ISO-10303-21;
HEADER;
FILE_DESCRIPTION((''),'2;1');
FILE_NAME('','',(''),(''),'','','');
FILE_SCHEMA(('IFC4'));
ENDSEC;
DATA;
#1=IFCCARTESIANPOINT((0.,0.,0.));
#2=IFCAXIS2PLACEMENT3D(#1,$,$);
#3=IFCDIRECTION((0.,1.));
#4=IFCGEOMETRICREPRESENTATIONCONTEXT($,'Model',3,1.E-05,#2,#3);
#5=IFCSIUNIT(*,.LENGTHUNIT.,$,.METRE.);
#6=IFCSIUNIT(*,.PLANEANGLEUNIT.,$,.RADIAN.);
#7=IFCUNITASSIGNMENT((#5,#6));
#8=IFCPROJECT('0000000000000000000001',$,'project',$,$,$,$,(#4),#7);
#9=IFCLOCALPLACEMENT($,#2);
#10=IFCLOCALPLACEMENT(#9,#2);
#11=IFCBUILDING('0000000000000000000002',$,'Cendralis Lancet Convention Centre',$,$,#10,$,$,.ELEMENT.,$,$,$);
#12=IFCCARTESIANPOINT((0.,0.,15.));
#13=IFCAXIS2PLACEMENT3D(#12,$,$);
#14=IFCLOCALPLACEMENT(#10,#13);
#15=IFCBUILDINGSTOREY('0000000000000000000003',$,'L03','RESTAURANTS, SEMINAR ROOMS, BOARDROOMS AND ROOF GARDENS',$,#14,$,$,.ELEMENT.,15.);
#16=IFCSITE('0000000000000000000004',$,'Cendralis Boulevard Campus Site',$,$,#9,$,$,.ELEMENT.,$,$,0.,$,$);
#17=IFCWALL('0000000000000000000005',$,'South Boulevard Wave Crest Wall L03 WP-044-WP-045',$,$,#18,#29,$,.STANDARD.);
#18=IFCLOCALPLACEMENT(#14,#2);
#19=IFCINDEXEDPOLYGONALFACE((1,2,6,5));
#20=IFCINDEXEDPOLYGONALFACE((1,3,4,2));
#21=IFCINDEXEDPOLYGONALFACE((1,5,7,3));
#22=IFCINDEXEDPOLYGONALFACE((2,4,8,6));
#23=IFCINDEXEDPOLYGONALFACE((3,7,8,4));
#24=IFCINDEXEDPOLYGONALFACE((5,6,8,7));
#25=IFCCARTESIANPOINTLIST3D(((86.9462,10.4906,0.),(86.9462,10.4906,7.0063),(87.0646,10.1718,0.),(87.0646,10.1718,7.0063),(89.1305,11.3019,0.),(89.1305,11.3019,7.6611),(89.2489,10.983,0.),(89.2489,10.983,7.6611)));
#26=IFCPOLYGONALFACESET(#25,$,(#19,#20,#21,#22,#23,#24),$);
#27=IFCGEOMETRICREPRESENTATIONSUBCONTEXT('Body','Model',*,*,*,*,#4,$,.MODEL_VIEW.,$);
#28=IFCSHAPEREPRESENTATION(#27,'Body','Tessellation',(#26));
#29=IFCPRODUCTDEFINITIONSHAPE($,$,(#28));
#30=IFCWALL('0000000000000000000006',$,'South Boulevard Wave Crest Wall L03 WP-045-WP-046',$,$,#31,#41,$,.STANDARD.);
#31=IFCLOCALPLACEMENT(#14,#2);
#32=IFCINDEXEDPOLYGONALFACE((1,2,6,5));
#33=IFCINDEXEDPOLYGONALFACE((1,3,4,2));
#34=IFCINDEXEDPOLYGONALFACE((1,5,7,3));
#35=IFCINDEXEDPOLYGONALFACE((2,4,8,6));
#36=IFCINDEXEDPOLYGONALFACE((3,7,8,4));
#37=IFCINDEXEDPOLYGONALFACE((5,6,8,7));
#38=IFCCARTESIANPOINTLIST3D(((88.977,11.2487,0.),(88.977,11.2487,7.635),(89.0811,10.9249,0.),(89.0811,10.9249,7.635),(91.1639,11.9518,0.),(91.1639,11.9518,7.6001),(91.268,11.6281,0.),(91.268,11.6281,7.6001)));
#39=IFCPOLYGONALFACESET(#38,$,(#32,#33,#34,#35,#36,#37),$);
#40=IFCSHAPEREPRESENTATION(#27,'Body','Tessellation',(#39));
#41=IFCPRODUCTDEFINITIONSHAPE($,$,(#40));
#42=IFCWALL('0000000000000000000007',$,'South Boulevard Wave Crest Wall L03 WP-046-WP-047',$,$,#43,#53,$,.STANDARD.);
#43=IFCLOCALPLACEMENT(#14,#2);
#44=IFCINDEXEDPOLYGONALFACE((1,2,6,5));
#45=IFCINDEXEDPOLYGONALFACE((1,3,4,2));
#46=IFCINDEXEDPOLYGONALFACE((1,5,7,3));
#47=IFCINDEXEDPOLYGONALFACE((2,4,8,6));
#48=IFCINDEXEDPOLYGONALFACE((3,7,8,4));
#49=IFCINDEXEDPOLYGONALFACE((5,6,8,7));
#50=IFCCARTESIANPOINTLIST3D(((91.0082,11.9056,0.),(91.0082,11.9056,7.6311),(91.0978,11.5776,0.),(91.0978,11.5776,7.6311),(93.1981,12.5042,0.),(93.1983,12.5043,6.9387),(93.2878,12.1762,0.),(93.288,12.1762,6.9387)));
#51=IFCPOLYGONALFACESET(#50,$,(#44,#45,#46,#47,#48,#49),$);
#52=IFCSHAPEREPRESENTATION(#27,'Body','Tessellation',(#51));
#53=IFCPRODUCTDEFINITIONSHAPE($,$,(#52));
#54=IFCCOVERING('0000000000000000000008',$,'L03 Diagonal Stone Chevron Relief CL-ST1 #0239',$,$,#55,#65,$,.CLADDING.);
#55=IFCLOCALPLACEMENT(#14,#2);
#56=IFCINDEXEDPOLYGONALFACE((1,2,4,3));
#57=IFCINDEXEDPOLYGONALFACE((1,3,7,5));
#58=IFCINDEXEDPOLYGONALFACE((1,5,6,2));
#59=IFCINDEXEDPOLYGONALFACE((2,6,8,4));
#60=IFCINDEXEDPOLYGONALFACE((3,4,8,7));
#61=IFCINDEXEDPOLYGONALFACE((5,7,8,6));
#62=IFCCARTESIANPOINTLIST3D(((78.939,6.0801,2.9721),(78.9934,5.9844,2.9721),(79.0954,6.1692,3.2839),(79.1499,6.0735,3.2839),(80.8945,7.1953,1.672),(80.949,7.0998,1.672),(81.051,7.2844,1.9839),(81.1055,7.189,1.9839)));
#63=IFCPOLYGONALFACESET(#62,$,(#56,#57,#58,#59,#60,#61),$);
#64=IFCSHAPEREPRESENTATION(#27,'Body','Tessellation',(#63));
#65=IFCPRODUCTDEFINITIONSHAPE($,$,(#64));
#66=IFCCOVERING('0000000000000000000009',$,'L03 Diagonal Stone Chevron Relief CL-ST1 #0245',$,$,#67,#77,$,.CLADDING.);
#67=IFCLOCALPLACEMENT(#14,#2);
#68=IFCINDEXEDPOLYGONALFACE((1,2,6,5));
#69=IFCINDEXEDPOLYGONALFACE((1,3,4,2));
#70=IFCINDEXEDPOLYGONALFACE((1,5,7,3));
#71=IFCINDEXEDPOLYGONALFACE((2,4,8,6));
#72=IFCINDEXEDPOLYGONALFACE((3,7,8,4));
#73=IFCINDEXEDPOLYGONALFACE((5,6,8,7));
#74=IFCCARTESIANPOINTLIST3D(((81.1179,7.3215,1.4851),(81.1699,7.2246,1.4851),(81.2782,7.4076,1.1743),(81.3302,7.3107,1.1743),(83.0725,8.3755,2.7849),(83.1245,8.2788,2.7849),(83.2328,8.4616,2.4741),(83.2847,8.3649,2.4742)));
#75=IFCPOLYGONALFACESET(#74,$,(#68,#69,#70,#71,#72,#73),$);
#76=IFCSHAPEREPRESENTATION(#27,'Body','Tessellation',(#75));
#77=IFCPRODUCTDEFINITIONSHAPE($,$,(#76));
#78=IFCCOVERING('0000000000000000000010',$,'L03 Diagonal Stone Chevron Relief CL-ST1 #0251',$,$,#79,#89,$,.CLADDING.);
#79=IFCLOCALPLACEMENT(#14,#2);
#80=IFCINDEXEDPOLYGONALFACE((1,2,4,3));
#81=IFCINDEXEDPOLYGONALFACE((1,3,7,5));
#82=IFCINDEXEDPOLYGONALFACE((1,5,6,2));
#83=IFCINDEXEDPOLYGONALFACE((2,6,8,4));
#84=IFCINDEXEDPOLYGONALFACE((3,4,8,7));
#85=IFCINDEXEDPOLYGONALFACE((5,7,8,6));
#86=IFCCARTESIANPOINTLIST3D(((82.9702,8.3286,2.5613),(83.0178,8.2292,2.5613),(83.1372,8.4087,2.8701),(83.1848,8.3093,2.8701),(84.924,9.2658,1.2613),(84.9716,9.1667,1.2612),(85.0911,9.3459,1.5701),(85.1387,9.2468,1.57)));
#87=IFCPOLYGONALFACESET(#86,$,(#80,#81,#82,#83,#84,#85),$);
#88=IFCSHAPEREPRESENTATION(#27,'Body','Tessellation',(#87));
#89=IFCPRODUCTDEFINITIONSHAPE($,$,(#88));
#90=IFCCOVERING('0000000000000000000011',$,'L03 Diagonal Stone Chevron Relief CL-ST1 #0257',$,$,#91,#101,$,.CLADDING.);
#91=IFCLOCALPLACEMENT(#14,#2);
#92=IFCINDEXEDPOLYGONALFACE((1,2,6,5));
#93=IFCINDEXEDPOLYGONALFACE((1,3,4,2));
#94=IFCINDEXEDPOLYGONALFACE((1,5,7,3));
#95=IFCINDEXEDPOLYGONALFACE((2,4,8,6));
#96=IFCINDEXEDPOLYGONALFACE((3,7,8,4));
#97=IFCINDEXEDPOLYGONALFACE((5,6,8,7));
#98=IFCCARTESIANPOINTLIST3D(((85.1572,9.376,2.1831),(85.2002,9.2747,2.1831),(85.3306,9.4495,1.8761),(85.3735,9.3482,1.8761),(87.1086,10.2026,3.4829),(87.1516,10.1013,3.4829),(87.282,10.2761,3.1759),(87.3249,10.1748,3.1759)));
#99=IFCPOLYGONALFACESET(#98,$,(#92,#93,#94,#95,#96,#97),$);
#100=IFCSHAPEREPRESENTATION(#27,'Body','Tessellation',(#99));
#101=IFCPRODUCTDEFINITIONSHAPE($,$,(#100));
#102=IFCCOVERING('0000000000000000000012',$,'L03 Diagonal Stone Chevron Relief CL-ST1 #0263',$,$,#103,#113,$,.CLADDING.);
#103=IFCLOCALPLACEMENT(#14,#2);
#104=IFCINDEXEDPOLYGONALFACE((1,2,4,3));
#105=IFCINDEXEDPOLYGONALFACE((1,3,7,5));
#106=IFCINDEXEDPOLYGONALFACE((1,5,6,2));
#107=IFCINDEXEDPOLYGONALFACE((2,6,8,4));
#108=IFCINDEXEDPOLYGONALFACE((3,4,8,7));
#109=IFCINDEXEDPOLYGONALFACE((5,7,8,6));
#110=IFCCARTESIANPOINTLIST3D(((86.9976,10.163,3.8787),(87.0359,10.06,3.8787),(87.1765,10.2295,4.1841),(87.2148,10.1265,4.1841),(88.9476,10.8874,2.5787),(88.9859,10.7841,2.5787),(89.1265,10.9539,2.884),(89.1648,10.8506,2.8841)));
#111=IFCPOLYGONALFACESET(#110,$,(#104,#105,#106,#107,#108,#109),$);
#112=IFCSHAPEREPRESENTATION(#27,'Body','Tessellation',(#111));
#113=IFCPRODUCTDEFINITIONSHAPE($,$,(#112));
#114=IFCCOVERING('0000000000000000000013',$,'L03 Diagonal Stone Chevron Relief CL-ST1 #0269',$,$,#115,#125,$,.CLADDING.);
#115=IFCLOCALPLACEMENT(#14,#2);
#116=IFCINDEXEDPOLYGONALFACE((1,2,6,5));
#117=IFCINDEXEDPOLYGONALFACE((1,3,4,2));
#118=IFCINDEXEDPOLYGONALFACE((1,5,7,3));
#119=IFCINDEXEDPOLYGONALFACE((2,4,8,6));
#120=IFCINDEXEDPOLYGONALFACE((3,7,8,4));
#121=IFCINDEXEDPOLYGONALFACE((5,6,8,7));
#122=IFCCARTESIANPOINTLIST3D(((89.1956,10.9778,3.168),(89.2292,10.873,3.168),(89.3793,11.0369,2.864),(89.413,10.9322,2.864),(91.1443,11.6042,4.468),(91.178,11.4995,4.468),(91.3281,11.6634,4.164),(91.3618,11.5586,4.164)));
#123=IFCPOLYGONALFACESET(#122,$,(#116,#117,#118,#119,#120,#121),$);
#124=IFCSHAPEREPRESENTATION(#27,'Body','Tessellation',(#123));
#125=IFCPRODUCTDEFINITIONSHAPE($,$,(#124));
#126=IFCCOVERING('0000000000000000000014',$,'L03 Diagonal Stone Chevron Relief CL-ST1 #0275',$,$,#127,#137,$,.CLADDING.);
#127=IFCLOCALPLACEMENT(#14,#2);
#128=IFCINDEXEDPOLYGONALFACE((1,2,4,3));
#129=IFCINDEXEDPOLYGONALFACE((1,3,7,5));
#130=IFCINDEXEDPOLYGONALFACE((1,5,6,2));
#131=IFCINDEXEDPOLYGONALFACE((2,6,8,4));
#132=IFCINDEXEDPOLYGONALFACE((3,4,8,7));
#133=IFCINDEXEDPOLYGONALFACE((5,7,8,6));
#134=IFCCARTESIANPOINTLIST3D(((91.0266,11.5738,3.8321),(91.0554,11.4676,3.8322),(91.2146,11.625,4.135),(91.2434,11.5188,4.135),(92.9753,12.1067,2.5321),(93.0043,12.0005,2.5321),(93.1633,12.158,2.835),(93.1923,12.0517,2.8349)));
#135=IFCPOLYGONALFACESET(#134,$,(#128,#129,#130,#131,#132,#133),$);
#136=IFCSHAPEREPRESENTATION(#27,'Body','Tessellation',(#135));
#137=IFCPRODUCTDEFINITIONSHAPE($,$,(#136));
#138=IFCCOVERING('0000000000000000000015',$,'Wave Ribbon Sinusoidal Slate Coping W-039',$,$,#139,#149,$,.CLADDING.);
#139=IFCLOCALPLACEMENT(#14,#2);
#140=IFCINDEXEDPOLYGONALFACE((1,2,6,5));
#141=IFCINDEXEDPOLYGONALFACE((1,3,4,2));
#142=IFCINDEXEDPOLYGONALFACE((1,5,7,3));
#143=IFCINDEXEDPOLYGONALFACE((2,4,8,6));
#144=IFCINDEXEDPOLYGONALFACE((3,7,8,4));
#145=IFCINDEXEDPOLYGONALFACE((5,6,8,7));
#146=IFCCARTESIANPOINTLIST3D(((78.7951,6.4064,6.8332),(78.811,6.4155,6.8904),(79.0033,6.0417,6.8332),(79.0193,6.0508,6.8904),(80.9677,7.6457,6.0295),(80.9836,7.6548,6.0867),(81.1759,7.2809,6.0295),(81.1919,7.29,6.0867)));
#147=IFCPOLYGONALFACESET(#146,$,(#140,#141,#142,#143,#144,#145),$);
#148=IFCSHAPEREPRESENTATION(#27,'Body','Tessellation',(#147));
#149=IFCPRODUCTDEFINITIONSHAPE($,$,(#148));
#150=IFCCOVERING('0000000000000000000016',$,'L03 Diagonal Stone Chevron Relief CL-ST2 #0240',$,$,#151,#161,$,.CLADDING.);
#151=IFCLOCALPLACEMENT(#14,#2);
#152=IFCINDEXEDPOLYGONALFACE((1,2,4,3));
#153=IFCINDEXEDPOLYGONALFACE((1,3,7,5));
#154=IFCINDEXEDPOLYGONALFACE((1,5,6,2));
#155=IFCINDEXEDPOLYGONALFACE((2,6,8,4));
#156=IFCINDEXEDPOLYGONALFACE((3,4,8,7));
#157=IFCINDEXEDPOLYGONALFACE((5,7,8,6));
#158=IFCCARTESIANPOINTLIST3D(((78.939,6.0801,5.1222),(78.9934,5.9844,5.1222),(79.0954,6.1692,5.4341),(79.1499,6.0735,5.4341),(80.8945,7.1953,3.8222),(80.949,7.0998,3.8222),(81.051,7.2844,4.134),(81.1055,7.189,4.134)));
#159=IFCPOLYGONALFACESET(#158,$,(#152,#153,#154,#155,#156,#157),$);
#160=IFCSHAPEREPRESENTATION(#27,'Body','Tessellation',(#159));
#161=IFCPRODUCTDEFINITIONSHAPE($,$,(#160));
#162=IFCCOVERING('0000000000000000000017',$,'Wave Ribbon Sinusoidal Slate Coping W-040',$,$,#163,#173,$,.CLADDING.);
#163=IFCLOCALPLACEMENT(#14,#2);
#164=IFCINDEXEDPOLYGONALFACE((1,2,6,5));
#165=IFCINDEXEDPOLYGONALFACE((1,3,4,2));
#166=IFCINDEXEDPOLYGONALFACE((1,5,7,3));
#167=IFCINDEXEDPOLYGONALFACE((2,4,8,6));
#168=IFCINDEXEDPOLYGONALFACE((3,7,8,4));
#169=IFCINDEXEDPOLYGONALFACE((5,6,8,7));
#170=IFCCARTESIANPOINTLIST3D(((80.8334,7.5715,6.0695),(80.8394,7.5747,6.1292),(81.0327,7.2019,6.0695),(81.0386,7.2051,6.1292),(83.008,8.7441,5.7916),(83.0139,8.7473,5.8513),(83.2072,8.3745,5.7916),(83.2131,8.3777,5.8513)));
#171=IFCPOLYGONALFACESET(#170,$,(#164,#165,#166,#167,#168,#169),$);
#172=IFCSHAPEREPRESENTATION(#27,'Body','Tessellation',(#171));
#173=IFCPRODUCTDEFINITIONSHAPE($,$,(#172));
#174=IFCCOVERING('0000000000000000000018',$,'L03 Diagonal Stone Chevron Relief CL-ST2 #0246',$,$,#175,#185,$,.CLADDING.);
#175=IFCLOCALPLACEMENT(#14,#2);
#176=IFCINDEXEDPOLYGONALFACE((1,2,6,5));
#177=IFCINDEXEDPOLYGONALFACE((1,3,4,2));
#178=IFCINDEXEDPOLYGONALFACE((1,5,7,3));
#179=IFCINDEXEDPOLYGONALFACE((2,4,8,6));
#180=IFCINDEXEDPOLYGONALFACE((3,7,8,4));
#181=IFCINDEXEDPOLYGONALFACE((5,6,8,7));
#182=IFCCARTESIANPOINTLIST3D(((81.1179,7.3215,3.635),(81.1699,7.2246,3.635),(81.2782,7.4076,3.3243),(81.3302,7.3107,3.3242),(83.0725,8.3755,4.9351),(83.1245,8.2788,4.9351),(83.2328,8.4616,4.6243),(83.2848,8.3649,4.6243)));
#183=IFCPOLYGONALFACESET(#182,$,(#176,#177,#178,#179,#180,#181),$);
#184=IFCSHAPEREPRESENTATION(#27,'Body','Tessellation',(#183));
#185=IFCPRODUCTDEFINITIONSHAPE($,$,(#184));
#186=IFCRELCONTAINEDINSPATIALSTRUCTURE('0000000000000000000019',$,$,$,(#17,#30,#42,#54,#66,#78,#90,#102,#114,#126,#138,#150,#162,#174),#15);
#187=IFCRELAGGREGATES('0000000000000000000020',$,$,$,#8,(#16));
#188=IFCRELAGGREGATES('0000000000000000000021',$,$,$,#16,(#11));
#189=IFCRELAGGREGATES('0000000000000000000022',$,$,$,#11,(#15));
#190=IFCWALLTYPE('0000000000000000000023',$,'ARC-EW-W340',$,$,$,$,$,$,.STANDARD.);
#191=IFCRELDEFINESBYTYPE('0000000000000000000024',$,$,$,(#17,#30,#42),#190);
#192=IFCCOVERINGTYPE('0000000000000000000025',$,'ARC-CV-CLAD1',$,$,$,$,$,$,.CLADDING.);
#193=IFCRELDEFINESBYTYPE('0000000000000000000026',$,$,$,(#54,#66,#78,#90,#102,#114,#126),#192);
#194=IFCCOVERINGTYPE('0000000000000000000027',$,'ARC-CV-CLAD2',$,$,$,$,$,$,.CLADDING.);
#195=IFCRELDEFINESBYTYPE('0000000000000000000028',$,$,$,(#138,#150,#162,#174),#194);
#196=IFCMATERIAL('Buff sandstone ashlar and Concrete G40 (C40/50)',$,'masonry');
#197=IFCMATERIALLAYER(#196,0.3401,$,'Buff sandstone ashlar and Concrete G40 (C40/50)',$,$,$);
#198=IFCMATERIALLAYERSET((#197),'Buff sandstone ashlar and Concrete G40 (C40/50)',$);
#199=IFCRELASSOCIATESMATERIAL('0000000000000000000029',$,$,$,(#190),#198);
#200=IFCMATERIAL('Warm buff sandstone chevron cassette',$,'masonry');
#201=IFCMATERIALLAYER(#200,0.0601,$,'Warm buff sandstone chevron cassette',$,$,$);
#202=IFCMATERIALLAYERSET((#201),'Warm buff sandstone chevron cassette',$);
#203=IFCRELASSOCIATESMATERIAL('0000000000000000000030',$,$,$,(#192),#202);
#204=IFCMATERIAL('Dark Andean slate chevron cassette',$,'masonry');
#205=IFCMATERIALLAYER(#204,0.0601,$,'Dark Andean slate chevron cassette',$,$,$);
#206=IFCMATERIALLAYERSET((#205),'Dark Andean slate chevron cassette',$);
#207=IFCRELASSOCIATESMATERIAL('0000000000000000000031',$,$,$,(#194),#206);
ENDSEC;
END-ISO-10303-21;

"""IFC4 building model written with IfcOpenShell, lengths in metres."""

from ifc_helpers import new_model, si_unit, direction, frame, origin, place, context, subcontext, project, spatial, polyline, outline, extrude, material, layer, layer_set, type_object, element, save


model = new_model("IFC4")

# Units and contexts
model_context = context("Model", 3, precision=1e-05, world=origin(), true_north=direction((0.0, 1.0)))
body_context = subcontext(model_context, "Body", "Model", "MODEL_VIEW")
ifc_project = project(units=[si_unit("LENGTHUNIT", "METRE"), si_unit("PLANEANGLEUNIT", "RADIAN")], contexts=[model_context])

# Site, building, storey
site_placement = place(None, origin())
site = spatial("IfcSite", under=ifc_project, at=site_placement, Name="Cendralis Boulevard Campus Site", CompositionType="ELEMENT", RefElevation=0.0)
building_placement = place(site_placement, origin())
building = spatial("IfcBuilding", under=site, at=building_placement, Name="Cendralis Lancet Convention Centre", CompositionType="ELEMENT")
storey_placement = place(building_placement, frame((0.0, 0.0, 15.0)))
storey = spatial("IfcBuildingStorey", under=building, at=storey_placement, Name="L03", Description="RESTAURANTS, SEMINAR ROOMS, BOARDROOMS AND ROOF GARDENS", CompositionType="ELEMENT", Elevation=15.0)

# Shared definitions
ifc_material_1 = material(Name="Warm buff sandstone chevron cassette", Category="masonry")
ifc_material_2 = material(Name="Dark Andean slate chevron cassette", Category="masonry")

# Walls
ifc_material_3 = material(Name="Buff sandstone ashlar and Concrete G40 (C40/50)", Category="masonry")
ifc_layer_1 = layer(ifc_material_3, 0.3401, Name="Buff sandstone ashlar and Concrete G40 (C40/50)")
ifc_layer_set_1 = layer_set([ifc_layer_1], Name="Buff sandstone ashlar and Concrete G40 (C40/50)")
wall_type = type_object("IfcWallType", Name="ARC-EW-W340", PredefinedType="STANDARD", material=ifc_layer_set_1)
wall_1_placement = place(storey_placement, frame((87.0054, 10.3313, 0.0), z_axis=(0.0, 0.0, 1.0), x_axis=(0.937431, 0.348171, 0.0)))
element("IfcWall", 1, at=wall_1_placement, inside=storey, type_object=wall_type, Name="South Boulevard Wave Crest Wall L03 WP-044-WP-045", PredefinedType="STANDARD", context=body_context, shape_type="SweptSolid", body=[
    extrude(outline(polyline([(0.0, 0.0), (2.3301, 0.0), (2.3301, 7.6611), (0.0, 7.0063), (0.0, 0.0)])), frame((0.0, 0.1699, 0.0), z_axis=(0.0, -1.0, 0.0), x_axis=(1.0, 0.0, 0.0)), (0.0, 0.0, 1.0), 0.3401),
])
wall_2_placement = place(storey_placement, frame((89.0291, 11.0869, 0.0), z_axis=(0.0, 0.0, 1.0), x_axis=(0.951999, 0.306102, 0.0)))
element("IfcWall", 2, at=wall_2_placement, inside=storey, type_object=wall_type, Name="South Boulevard Wave Crest Wall L03 WP-045-WP-046", PredefinedType="STANDARD", context=body_context, shape_type="SweptSolid", body=[
    extrude(outline(polyline([(0.0, 0.0), (2.2971, 0.0), (2.2971, 7.6001), (0.0, 7.635), (0.0, 0.0)])), frame((0.0, 0.1699, 0.0), z_axis=(0.0, -1.0, 0.0), x_axis=(1.0, 0.0, 0.0)), (0.0, 0.0, 1.0), 0.3401),
])
wall_3_placement = place(storey_placement, frame((91.053, 11.7417, 0.0), z_axis=(0.0, 0.0, 1.0), x_axis=(0.96461, 0.263682, 0.0)))
element("IfcWall", 3, at=wall_3_placement, inside=storey, type_object=wall_type, Name="South Boulevard Wave Crest Wall L03 WP-046-WP-047", PredefinedType="STANDARD", context=body_context, shape_type="SweptSolid", body=[
    extrude(outline(polyline([(0.0, 0.0), (2.2703, 0.0), (2.2705, 6.9387), (0.0, 7.6311), (0.0, 0.0)])), frame((0.0, 0.1699, 0.0), z_axis=(0.0, -1.0, 0.0), x_axis=(1.0, 0.0, 0.0)), (0.0, 0.0, 1.0), 0.3401),
])

# Coverings
ifc_layer_2 = layer(ifc_material_1, 0.0601, Name="Warm buff sandstone chevron cassette")
ifc_layer_set_2 = layer_set([ifc_layer_2], Name="Warm buff sandstone chevron cassette")
covering_type_1 = type_object("IfcCoveringType", Name="ARC-CV-CLAD1", PredefinedType="CLADDING", material=ifc_layer_set_2)
covering_1_placement = place(storey_placement, frame((79.1499, 6.0735, 3.2839), z_axis=(0.434531, 0.247511, 0.86598), x_axis=(0.75221, 0.42907, -0.500078)))
element("IfcCovering", 4, at=covering_1_placement, inside=storey, type_object=covering_type_1, Name="L03 Diagonal Stone Chevron Relief CL-ST1 #0239", PredefinedType="CLADDING", context=body_context, shape_type="SweptSolid", body=[
    extrude(outline(polyline([(0.0, 0.0), (2.5997, 0.0), (2.5997, 0.1099), (0.0001, 0.1101), (0.0, 0.0)])), origin(), (0.0, 0.0, -1.0), 0.3601),
])
covering_2_placement = place(storey_placement, frame((81.1699, 7.2246, 1.4851), z_axis=(-0.445001, -0.239055, 0.863034), x_axis=(0.759596, 0.409685, 0.505146)))
element("IfcCovering", 5, at=covering_2_placement, inside=storey, type_object=covering_type_1, Name="L03 Diagonal Stone Chevron Relief CL-ST1 #0245", PredefinedType="CLADDING", context=body_context, shape_type="SweptSolid", body=[
    extrude(outline(polyline([(0.0, 0.0), (2.5732, 0.0), (2.5733, 0.1098), (0.0002, 0.11), (0.0, 0.0)])), origin(), (0.0, 0.0, -1.0), 0.3601),
])
covering_3_placement = place(storey_placement, frame((83.1848, 8.3093, 2.8701), z_axis=(0.463831, 0.222502, 0.857528), x_axis=(0.773135, 0.370966, -0.514438)))
element("IfcCovering", 6, at=covering_3_placement, inside=storey, type_object=covering_type_1, Name="L03 Diagonal Stone Chevron Relief CL-ST1 #0251", PredefinedType="CLADDING", context=body_context, shape_type="SweptSolid", body=[
    extrude(outline(polyline([(0.0, 0.0), (2.5272, 0.0), (2.5271, 0.11), (0.0001, 0.1102), (0.0, 0.0)])), origin(), (0.0, 0.0, -1.0), 0.3601),
])
covering_4_placement = place(storey_placement, frame((85.2002, 9.2747, 2.1831), z_axis=(-0.481325, -0.204128, 0.852443), x_axis=(0.784919, 0.332508, 0.522821)))
element("IfcCovering", 7, at=covering_4_placement, inside=storey, type_object=covering_type_1, Name="L03 Diagonal Stone Chevron Relief CL-ST1 #0257", PredefinedType="CLADDING", context=body_context, shape_type="SweptSolid", body=[
    extrude(outline(polyline([(0.0, 0.0), (2.4861, 0.0), (2.4861, 0.1101), (0.0, 0.1101), (0.0, 0.0)])), origin(), (0.0, 0.0, -1.0), 0.3601),
])
covering_5_placement = place(storey_placement, frame((87.2148, 10.1265, 4.1841), z_axis=(0.496802, 0.184611, 0.848001), x_axis=(0.794957, 0.29521, -0.529994)))
element("IfcCovering", 8, at=covering_5_placement, inside=storey, type_object=covering_type_1, Name="L03 Diagonal Stone Chevron Relief CL-ST1 #0263", PredefinedType="CLADDING", context=body_context, shape_type="SweptSolid", body=[
    extrude(outline(polyline([(0.0, 0.0), (2.4529, 0.0), (2.4529, 0.1102), (-0.0001, 0.1099), (0.0, 0.0)])), origin(), (0.0, 0.0, -1.0), 0.3601),
])
covering_6_placement = place(storey_placement, frame((89.2292, 10.873, 3.168), z_axis=(-0.510369, -0.164175, 0.844139), x_axis=(0.803634, 0.258347, 0.536125)))
element("IfcCovering", 9, at=covering_6_placement, inside=storey, type_object=covering_type_1, Name="L03 Diagonal Stone Chevron Relief CL-ST1 #0269", PredefinedType="CLADDING", context=body_context, shape_type="SweptSolid", body=[
    extrude(outline(polyline([(0.0, 0.0), (2.4249, 0.0), (2.4249, 0.11), (0.0, 0.11), (0.0, 0.0)])), origin(), (0.0, 0.0, -1.0), 0.3601),
])
covering_7_placement = place(storey_placement, frame((91.2434, 11.5188, 4.135), z_axis=(0.522089, 0.142224, 0.840949), x_axis=(0.811167, 0.221819, -0.541114)))
element("IfcCovering", 10, at=covering_7_placement, inside=storey, type_object=covering_type_1, Name="L03 Diagonal Stone Chevron Relief CL-ST1 #0275", PredefinedType="CLADDING", context=body_context, shape_type="SweptSolid", body=[
    extrude(outline(polyline([(0.0, 0.0), (2.4026, 0.0), (2.4026, 0.1101), (0.0002, 0.11), (0.0, 0.0)])), origin(), (0.0, 0.0, -1.0), 0.3601),
])
ifc_layer_3 = layer(ifc_material_2, 0.0601, Name="Dark Andean slate chevron cassette")
ifc_layer_set_3 = layer_set([ifc_layer_3], Name="Dark Andean slate chevron cassette")
covering_type_2 = type_object("IfcCoveringType", Name="ARC-CV-CLAD2", PredefinedType="CLADDING", material=ifc_layer_set_3)
covering_8_placement = place(storey_placement, frame((79.0193, 6.0508, 6.8904), z_axis=(0.265672, 0.151685, 0.952056), x_axis=(0.826982, 0.471711, -0.305925)))
element("IfcCovering", 11, at=covering_8_placement, inside=storey, type_object=covering_type_2, Name="Wave Ribbon Sinusoidal Slate Coping W-039", PredefinedType="CLADDING", context=body_context, shape_type="SweptSolid", body=[
    extrude(outline(polyline([(0.0, 0.0), (2.6272, 0.0), (2.627, 0.42), (-0.0002, 0.42), (0.0, 0.0)])), origin(), (0.0, 0.0, -1.0), 0.0601),
])
covering_9_placement = place(storey_placement, frame((79.1499, 6.0735, 5.4341), z_axis=(0.434531, 0.247511, 0.86598), x_axis=(0.75221, 0.42907, -0.500078)))
element("IfcCovering", 12, at=covering_9_placement, inside=storey, type_object=covering_type_2, Name="L03 Diagonal Stone Chevron Relief CL-ST2 #0240", PredefinedType="CLADDING", context=body_context, shape_type="SweptSolid", body=[
    extrude(outline(polyline([(0.0, 0.0), (2.5997, 0.0), (2.5997, 0.1099), (0.0001, 0.1101), (0.0, 0.0)])), origin(), (0.0, 0.0, -1.0), 0.3601),
])
covering_10_placement = place(storey_placement, frame((81.0386, 7.2051, 6.1292), z_axis=(0.098374, 0.05302, 0.993736), x_axis=(0.874672, 0.471657, -0.111752)))
element("IfcCovering", 13, at=covering_10_placement, inside=storey, type_object=covering_type_2, Name="Wave Ribbon Sinusoidal Slate Coping W-040", PredefinedType="CLADDING", context=body_context, shape_type="SweptSolid", body=[
    extrude(outline(polyline([(0.0, 0.0), (2.4861, 0.0), (2.4862, 0.4199), (0.0001, 0.4199), (0.0, 0.0)])), origin(), (0.0, 0.0, -1.0), 0.0601),
])
covering_11_placement = place(storey_placement, frame((81.1699, 7.2246, 3.635), z_axis=(-0.445063, -0.239088, 0.862992), x_axis=(0.75956, 0.409665, 0.505216)))
element("IfcCovering", 14, at=covering_11_placement, inside=storey, type_object=covering_type_2, Name="L03 Diagonal Stone Chevron Relief CL-ST2 #0246", PredefinedType="CLADDING", context=body_context, shape_type="SweptSolid", body=[
    extrude(outline(polyline([(0.0, 0.0), (2.5733, 0.0), (2.5734, 0.1098), (0.0002, 0.11), (0.0, 0.0)])), origin(), (0.0, 0.0, -1.0), 0.3601),
])

save(model, "model.ifc")
